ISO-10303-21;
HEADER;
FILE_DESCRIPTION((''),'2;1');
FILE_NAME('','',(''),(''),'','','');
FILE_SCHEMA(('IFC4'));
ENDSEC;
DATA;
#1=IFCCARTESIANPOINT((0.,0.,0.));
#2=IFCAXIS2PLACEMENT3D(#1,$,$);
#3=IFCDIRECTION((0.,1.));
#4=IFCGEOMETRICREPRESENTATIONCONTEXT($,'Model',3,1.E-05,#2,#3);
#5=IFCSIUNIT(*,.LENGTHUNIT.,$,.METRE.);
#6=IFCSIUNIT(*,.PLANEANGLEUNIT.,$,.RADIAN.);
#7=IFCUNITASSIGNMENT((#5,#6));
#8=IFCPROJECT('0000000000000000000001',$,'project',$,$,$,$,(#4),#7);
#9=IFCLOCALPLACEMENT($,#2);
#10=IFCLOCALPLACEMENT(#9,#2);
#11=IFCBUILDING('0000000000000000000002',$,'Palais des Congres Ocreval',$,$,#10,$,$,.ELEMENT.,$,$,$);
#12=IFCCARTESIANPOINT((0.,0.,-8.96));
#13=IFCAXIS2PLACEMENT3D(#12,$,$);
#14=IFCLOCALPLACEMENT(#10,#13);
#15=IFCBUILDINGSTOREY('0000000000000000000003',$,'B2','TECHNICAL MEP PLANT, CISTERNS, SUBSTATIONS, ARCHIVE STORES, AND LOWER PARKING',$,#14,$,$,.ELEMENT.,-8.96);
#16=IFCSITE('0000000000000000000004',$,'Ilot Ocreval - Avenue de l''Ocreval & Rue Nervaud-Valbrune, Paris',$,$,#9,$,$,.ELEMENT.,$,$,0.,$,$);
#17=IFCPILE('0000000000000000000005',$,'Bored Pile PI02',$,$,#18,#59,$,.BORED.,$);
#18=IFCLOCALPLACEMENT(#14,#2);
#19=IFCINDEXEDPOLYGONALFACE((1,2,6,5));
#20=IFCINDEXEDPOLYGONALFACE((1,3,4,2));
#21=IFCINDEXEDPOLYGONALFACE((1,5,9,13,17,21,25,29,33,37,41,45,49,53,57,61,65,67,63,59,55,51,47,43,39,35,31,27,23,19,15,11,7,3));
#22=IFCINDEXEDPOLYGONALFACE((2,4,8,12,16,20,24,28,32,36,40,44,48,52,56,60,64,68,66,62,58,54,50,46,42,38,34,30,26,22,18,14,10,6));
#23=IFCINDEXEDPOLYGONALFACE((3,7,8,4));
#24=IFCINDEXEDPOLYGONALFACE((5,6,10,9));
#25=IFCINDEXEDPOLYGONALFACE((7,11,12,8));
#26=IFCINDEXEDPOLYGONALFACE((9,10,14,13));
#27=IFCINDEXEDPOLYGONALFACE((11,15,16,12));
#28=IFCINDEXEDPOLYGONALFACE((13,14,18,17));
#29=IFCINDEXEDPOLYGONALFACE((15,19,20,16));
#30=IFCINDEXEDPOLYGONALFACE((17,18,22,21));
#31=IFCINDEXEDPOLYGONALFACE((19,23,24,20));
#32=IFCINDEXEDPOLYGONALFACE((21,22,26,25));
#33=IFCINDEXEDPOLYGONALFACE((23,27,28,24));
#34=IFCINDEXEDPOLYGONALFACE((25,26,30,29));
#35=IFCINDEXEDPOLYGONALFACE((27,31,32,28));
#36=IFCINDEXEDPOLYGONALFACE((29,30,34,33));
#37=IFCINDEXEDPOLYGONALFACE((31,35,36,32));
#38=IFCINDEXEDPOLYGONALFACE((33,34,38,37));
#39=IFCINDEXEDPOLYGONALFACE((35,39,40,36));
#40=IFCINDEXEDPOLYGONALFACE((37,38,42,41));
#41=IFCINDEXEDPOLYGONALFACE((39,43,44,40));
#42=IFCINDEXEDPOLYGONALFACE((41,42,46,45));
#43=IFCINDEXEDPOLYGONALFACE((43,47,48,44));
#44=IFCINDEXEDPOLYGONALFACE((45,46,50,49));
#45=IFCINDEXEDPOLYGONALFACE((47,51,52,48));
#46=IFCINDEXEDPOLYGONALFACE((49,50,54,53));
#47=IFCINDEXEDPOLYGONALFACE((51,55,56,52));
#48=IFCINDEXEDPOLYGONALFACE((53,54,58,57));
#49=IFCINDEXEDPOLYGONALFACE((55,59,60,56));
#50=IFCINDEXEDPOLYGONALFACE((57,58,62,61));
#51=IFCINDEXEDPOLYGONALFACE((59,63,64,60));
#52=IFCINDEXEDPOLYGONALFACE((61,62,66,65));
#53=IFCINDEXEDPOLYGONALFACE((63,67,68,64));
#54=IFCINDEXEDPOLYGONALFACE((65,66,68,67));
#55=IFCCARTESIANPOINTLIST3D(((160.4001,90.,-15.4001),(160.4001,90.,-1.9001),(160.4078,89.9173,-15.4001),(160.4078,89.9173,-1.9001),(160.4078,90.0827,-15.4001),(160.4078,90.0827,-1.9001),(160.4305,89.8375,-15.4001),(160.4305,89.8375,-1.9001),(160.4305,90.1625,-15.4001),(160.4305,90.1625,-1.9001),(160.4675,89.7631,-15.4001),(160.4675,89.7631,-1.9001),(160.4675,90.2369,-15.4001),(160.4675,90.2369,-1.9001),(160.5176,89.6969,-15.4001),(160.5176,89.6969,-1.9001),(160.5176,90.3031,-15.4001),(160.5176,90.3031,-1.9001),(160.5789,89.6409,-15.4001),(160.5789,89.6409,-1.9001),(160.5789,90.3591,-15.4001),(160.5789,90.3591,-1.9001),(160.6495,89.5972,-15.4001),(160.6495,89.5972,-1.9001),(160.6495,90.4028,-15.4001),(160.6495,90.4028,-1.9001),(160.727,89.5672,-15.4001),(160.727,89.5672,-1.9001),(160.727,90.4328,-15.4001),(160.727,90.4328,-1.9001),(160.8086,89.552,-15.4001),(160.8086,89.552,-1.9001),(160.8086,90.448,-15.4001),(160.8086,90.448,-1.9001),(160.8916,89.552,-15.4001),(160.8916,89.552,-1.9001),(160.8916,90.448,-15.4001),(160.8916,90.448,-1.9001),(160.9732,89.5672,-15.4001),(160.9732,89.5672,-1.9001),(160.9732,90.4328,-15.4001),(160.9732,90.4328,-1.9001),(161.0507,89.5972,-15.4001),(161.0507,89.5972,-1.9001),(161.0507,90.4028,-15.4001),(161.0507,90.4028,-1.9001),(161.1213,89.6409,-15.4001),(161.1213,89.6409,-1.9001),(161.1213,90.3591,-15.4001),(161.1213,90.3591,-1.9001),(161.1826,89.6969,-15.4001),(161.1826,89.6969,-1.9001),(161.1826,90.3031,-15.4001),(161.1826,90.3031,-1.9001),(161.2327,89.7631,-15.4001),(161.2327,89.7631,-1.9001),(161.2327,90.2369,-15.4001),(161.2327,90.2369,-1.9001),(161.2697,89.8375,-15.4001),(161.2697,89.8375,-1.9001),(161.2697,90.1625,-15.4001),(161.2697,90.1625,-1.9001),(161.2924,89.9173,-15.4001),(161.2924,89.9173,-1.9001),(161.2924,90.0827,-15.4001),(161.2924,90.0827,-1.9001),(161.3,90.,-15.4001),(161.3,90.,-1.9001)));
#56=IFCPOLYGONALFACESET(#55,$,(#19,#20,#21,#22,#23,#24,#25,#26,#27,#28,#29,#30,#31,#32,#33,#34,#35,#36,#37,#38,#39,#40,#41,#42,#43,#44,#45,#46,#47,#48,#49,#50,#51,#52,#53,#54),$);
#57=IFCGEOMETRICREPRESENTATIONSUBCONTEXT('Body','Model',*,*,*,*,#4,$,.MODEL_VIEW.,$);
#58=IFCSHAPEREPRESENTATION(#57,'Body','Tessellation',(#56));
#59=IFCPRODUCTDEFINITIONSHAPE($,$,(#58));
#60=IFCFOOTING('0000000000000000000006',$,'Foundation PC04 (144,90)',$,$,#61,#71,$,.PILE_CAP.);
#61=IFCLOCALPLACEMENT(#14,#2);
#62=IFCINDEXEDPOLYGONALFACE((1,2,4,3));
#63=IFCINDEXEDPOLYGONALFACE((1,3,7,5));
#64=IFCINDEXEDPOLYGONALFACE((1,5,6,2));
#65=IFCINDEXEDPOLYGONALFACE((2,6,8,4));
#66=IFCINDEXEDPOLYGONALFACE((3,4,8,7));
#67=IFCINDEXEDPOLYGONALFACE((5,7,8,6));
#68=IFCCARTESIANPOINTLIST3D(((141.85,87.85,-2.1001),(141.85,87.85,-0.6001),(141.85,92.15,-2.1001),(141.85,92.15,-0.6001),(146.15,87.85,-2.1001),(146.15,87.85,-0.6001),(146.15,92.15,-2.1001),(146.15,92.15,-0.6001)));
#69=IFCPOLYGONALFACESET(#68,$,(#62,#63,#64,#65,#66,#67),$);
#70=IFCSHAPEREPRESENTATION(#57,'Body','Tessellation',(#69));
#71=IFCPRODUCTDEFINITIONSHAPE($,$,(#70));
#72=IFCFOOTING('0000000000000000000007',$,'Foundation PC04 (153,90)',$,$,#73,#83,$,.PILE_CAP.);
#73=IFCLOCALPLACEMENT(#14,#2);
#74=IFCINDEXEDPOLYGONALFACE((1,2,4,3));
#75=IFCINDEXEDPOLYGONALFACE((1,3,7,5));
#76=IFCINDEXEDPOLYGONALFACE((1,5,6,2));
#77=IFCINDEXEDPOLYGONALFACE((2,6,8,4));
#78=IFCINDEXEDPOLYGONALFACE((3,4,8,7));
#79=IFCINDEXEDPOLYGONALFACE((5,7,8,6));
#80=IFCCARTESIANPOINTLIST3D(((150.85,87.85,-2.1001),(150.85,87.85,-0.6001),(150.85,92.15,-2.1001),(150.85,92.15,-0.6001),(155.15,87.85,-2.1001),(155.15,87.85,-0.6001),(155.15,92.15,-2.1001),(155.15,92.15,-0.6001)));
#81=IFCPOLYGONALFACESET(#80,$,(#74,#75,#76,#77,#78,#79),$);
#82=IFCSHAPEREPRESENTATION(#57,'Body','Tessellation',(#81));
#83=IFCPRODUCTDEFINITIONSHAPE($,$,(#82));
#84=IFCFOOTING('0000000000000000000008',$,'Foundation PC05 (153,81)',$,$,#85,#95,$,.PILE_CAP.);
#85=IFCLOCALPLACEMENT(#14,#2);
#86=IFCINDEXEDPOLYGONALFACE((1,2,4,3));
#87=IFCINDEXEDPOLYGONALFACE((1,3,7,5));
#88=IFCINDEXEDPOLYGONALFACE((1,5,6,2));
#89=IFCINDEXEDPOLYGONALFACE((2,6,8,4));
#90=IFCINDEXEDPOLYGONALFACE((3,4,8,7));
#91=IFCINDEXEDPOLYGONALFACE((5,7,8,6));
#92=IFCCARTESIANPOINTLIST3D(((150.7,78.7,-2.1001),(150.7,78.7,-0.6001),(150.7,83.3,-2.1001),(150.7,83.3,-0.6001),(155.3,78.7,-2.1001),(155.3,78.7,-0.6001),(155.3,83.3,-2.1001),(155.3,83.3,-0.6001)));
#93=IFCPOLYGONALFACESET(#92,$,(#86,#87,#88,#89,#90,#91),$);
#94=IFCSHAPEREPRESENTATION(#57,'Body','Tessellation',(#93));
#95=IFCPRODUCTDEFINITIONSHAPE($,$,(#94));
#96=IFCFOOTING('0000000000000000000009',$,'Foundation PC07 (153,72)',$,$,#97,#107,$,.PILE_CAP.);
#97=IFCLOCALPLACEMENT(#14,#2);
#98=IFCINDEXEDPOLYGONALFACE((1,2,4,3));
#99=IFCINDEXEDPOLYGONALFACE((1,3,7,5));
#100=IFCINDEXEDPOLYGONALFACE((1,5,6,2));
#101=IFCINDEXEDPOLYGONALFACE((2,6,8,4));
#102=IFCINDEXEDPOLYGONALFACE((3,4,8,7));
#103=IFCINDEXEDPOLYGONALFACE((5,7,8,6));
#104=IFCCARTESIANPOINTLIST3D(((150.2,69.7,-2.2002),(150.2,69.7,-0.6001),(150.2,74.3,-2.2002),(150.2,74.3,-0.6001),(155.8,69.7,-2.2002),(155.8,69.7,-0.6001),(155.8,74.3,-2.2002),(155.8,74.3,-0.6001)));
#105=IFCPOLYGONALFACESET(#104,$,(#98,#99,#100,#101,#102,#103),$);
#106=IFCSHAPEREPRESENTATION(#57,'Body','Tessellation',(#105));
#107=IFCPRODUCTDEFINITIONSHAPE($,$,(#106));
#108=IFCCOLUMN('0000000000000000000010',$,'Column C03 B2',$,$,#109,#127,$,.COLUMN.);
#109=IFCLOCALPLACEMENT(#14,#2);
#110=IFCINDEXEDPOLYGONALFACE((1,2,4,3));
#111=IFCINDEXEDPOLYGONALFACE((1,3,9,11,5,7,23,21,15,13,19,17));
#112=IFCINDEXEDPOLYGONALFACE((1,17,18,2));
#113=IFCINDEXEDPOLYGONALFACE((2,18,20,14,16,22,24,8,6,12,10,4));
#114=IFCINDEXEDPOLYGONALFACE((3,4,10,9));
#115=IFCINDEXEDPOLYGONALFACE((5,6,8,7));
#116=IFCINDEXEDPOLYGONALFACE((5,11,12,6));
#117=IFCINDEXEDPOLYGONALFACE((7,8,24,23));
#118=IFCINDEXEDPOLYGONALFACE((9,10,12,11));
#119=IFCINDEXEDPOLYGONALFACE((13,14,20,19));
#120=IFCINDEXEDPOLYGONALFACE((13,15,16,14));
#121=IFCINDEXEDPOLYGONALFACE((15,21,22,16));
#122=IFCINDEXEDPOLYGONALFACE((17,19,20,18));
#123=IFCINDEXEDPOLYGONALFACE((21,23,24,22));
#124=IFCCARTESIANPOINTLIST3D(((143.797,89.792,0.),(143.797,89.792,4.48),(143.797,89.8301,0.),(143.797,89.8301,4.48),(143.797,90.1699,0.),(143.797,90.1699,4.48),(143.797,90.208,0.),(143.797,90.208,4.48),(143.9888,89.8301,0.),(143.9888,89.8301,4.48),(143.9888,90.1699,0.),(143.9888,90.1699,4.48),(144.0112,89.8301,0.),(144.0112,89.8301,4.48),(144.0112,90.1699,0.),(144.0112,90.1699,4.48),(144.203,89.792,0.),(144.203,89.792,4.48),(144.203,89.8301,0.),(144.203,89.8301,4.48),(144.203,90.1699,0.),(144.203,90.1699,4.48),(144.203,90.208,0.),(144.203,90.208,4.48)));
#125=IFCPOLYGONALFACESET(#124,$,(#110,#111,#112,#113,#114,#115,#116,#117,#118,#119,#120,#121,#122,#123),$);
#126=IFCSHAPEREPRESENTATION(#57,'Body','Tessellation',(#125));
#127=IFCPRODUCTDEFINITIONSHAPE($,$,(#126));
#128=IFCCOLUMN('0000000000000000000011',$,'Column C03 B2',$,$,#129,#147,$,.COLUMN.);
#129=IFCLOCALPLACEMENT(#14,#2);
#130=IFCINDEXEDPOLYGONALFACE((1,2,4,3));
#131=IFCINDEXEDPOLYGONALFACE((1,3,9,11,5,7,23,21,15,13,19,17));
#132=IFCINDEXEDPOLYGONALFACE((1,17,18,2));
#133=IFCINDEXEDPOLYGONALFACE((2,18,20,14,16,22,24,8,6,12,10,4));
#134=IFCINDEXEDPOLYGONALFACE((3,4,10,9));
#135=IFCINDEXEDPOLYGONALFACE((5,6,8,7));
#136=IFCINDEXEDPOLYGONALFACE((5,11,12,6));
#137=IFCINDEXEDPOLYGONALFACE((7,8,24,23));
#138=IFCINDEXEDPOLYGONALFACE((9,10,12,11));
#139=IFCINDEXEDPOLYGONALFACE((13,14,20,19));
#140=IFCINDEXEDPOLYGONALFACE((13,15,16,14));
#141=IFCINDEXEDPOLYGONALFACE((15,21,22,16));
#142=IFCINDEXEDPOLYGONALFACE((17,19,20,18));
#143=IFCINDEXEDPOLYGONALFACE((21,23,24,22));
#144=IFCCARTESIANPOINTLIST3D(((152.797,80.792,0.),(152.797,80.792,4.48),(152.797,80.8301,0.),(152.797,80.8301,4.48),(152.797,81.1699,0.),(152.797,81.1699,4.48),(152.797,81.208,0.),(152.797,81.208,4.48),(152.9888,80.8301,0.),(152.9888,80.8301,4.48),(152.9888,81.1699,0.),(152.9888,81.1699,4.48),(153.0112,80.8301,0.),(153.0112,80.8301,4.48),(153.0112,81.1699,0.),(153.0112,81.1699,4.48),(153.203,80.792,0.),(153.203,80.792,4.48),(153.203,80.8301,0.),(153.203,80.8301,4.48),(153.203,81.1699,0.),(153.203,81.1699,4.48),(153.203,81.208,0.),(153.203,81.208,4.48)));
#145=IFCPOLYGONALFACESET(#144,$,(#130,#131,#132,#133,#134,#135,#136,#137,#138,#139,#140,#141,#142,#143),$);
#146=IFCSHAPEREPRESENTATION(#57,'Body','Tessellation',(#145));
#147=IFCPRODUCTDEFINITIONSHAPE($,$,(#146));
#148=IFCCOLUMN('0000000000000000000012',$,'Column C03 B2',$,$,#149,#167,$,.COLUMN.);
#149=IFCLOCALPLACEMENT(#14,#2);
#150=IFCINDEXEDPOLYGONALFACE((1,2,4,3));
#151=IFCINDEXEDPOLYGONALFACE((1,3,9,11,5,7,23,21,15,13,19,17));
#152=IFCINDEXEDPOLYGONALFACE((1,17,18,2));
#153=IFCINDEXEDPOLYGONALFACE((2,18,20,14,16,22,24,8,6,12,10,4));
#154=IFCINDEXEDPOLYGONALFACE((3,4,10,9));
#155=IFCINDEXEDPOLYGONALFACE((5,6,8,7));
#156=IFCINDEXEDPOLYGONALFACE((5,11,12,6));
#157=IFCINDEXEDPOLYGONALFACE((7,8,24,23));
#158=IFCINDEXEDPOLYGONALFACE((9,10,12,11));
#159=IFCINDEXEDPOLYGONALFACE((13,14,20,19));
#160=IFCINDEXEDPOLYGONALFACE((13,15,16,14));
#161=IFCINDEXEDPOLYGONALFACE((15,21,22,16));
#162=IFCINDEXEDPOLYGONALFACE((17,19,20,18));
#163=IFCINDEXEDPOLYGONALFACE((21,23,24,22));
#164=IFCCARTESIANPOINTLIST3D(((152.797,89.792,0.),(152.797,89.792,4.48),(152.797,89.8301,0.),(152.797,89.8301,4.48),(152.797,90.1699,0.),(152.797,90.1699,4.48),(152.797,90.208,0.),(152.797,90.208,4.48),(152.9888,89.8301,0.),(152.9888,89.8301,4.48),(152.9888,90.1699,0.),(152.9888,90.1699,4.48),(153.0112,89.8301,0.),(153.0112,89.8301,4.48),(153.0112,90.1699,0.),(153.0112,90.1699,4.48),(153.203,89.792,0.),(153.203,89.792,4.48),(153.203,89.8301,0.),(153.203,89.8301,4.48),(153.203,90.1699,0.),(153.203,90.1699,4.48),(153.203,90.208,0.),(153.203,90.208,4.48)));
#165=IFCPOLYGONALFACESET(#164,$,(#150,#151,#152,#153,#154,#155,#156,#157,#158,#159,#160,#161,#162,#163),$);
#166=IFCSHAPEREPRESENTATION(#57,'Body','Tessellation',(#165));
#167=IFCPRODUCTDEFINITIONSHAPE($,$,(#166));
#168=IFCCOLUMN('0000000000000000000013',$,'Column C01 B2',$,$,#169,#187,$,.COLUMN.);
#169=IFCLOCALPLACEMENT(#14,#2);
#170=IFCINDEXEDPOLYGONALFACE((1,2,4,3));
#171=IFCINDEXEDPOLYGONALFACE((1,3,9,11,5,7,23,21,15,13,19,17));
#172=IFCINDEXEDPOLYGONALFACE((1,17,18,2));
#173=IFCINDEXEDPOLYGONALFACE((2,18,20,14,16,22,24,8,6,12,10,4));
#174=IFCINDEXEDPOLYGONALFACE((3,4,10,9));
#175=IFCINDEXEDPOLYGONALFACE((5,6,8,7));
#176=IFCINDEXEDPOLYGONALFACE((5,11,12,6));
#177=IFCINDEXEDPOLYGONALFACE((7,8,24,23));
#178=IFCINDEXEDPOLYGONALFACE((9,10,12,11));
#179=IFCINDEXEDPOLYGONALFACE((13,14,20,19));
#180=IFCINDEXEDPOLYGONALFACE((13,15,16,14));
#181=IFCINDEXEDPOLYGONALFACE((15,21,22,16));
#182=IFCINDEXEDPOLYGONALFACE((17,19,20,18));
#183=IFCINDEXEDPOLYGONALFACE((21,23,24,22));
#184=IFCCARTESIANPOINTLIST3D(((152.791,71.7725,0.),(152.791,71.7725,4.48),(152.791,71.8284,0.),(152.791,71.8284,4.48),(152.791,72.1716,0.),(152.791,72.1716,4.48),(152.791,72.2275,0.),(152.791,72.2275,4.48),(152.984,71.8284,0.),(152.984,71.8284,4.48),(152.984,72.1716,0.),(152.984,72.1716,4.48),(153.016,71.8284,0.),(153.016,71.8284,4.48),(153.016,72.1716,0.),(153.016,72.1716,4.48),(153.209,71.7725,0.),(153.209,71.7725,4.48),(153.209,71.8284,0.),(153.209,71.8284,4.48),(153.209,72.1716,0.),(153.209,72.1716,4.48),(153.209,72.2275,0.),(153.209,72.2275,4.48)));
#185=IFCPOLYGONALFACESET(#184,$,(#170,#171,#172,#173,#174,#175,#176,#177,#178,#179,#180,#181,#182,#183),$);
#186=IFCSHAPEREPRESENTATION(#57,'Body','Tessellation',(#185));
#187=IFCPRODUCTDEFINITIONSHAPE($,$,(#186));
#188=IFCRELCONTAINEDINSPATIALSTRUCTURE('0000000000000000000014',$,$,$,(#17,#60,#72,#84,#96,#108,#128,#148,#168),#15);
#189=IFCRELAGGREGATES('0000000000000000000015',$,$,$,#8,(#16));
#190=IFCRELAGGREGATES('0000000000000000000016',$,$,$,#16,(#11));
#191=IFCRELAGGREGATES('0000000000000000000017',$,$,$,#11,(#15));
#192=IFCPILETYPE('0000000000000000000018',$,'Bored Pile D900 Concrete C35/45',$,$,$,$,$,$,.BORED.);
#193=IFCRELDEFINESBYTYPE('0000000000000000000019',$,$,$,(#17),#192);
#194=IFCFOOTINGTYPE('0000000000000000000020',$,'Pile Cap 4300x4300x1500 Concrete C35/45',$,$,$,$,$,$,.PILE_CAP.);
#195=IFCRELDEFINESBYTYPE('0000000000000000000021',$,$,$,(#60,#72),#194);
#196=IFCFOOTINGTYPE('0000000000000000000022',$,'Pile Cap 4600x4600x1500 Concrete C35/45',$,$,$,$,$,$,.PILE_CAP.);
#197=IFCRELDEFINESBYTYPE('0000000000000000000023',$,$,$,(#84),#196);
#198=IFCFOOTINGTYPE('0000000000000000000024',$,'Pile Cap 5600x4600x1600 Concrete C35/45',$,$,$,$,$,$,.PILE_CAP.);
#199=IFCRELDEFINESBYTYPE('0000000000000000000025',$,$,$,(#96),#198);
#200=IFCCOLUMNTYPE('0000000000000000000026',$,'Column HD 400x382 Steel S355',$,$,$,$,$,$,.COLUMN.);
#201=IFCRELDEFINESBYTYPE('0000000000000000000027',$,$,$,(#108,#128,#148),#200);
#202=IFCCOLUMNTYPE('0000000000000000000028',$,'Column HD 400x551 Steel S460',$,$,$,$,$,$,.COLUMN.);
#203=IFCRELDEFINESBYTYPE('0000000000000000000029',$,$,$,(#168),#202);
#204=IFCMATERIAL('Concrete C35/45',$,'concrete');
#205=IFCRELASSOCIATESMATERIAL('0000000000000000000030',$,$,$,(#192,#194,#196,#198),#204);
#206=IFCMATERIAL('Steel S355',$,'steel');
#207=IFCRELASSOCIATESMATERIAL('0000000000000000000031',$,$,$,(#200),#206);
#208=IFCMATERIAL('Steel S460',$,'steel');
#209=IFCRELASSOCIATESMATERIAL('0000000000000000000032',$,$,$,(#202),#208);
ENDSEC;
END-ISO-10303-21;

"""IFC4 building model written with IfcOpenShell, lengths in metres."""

from ifc_helpers import new_model, si_unit, direction, frame, origin, origin_2d, place, context, subcontext, project, spatial, rectangle, circle, i_section, extrude, material, material_profile, profile_set, type_object, element, save


model = new_model("IFC4")

# Units and contexts
model_context = context("Model", 3, precision=1e-05, world=origin(), true_north=direction((0.0, 1.0)))
body_context = subcontext(model_context, "Body", "Model", "MODEL_VIEW")
ifc_project = project(units=[si_unit("LENGTHUNIT", "METRE"), si_unit("PLANEANGLEUNIT", "RADIAN")], contexts=[model_context])

# Site, building, storey
site_placement = place(None, origin())
site = spatial("IfcSite", under=ifc_project, at=site_placement, Name="Ilot Ocreval - Avenue de l'Ocreval & Rue Nervaud-Valbrune, Paris", CompositionType="ELEMENT", RefElevation=0.0)
building_placement = place(site_placement, origin())
building = spatial("IfcBuilding", under=site, at=building_placement, Name="Palais des Congres Ocreval", CompositionType="ELEMENT")
storey_placement = place(building_placement, frame((0.0, 0.0, -8.96)))
storey = spatial("IfcBuildingStorey", under=building, at=storey_placement, Name="B2", Description="TECHNICAL MEP PLANT, CISTERNS, SUBSTATIONS, ARCHIVE STORES, AND LOWER PARKING", CompositionType="ELEMENT", Elevation=-8.96)

# Pile
ifc_material_1 = material(Name="Concrete C35/45", Category="concrete")
ifc_material_profile_1 = material_profile(ifc_material_1, circle(Radius=0.45, at=origin_2d()), Name="BORED PILE 900")
ifc_profile_set_1 = profile_set([ifc_material_profile_1], Name="Concrete C35/45")
pile_type_1 = type_object("IfcPileType", Name="Bored Pile D900 Concrete C35/45", PredefinedType="BORED", material=ifc_profile_set_1)
pile_placement = place(storey_placement, frame((160.8501, 90.0, -1.9001), z_axis=(0.0, 0.0, -1.0), x_axis=(1.0, 0.0, 0.0)))
element("IfcPile", 1, at=pile_placement, inside=storey, type_object=pile_type_1, Name="Bored Pile PI02", PredefinedType="BORED", context=body_context, shape_type="SweptSolid", body=[
    extrude(circle(Radius=0.45, at=origin_2d()), origin(), (0.0, 0.0, 1.0), 13.5),
])

# Footings
footing_type_1 = type_object("IfcFootingType", Name="Pile Cap 4300x4300x1500 Concrete C35/45", PredefinedType="PILE_CAP", material=ifc_material_1)
for number, where, z_axis, x_axis, name in (
    (2, (144.0, 90.0, -2.1001), (0.0, 0.0, 1.0), (1.0, 0.0, 0.0), "Foundation PC04 (144,90)"),
    (3, (153.0, 90.0, -2.1001), (0.0, 0.0, 1.0), (1.0, 0.0, 0.0), "Foundation PC04 (153,90)"),
):
    element("IfcFooting", number, at=place(storey_placement, frame(where, z_axis=z_axis, x_axis=x_axis)), inside=storey, type_object=footing_type_1, Name=name, PredefinedType="PILE_CAP", context=body_context, shape_type="SweptSolid", body=[
        extrude(rectangle(XDim=4.3, YDim=4.3, at=origin_2d()), origin(), (0.0, 0.0, 1.0), 1.5),
    ])
footing_type_2 = type_object("IfcFootingType", Name="Pile Cap 4600x4600x1500 Concrete C35/45", PredefinedType="PILE_CAP", material=ifc_material_1)
footing_1_placement = place(storey_placement, frame((153.0, 81.0, -2.1001), z_axis=(0.0, 0.0, 1.0), x_axis=(1.0, 0.0, 0.0)))
element("IfcFooting", 4, at=footing_1_placement, inside=storey, type_object=footing_type_2, Name="Foundation PC05 (153,81)", PredefinedType="PILE_CAP", context=body_context, shape_type="SweptSolid", body=[
    extrude(rectangle(XDim=4.6001, YDim=4.6001, at=origin_2d()), origin(), (0.0, 0.0, 1.0), 1.5),
])
footing_type_3 = type_object("IfcFootingType", Name="Pile Cap 5600x4600x1600 Concrete C35/45", PredefinedType="PILE_CAP", material=ifc_material_1)
footing_2_placement = place(storey_placement, frame((153.0, 72.0, -2.2002), z_axis=(0.0, 0.0, 1.0), x_axis=(1.0, 0.0, 0.0)))
element("IfcFooting", 5, at=footing_2_placement, inside=storey, type_object=footing_type_3, Name="Foundation PC07 (153,72)", PredefinedType="PILE_CAP", context=body_context, shape_type="SweptSolid", body=[
    extrude(rectangle(XDim=5.6001, YDim=4.6001, at=origin_2d()), origin(), (0.0, 0.0, 1.0), 1.6001),
])

# Columns
ifc_material_2 = material(Name="Steel S355", Category="steel")
ifc_material_profile_2 = material_profile(ifc_material_2, i_section(OverallWidth=0.406, OverallDepth=0.416, WebThickness=0.0225, FlangeThickness=0.0381, at=origin_2d()), Name="HD 400x382")
ifc_profile_set_2 = profile_set([ifc_material_profile_2], Name="Steel S355")
column_type_1 = type_object("IfcColumnType", Name="Column HD 400x382 Steel S355", PredefinedType="COLUMN", material=ifc_profile_set_2)
for number, where, z_axis, x_axis, name in (
    (6, (144.0, 90.0, 0.0), (0.0, 0.0, 1.0), (1.0, 0.0, 0.0), "Column C03 B2"),
    (7, (153.0, 81.0, 0.0), (0.0, 0.0, 1.0), (1.0, 0.0, 0.0), "Column C03 B2"),
    (8, (153.0, 90.0, 0.0), (0.0, 0.0, 1.0), (1.0, 0.0, 0.0), "Column C03 B2"),
):
    element("IfcColumn", number, at=place(storey_placement, frame(where, z_axis=z_axis, x_axis=x_axis)), inside=storey, type_object=column_type_1, Name=name, PredefinedType="COLUMN", context=body_context, shape_type="SweptSolid", body=[
        extrude(i_section(OverallWidth=0.406, OverallDepth=0.416, WebThickness=0.0225, FlangeThickness=0.0381, at=origin_2d()), origin(), (0.0, 0.0, 1.0), 4.48),
    ])
ifc_material_3 = material(Name="Steel S460", Category="steel")
ifc_material_profile_3 = material_profile(ifc_material_3, i_section(OverallWidth=0.418, OverallDepth=0.4551, WebThickness=0.032, FlangeThickness=0.0559, at=origin_2d()), Name="HD 400x551")
ifc_profile_set_3 = profile_set([ifc_material_profile_3], Name="Steel S460")
column_type_2 = type_object("IfcColumnType", Name="Column HD 400x551 Steel S460", PredefinedType="COLUMN", material=ifc_profile_set_3)
column_placement = place(storey_placement, frame((153.0, 72.0, 0.0), z_axis=(0.0, 0.0, 1.0), x_axis=(1.0, 0.0, 0.0)))
element("IfcColumn", 9, at=column_placement, inside=storey, type_object=column_type_2, Name="Column C01 B2", PredefinedType="COLUMN", context=body_context, shape_type="SweptSolid", body=[
    extrude(i_section(OverallWidth=0.418, OverallDepth=0.4551, WebThickness=0.032, FlangeThickness=0.0559, at=origin_2d()), origin(), (0.0, 0.0, 1.0), 4.48),
])

save(model, "model.ifc")
